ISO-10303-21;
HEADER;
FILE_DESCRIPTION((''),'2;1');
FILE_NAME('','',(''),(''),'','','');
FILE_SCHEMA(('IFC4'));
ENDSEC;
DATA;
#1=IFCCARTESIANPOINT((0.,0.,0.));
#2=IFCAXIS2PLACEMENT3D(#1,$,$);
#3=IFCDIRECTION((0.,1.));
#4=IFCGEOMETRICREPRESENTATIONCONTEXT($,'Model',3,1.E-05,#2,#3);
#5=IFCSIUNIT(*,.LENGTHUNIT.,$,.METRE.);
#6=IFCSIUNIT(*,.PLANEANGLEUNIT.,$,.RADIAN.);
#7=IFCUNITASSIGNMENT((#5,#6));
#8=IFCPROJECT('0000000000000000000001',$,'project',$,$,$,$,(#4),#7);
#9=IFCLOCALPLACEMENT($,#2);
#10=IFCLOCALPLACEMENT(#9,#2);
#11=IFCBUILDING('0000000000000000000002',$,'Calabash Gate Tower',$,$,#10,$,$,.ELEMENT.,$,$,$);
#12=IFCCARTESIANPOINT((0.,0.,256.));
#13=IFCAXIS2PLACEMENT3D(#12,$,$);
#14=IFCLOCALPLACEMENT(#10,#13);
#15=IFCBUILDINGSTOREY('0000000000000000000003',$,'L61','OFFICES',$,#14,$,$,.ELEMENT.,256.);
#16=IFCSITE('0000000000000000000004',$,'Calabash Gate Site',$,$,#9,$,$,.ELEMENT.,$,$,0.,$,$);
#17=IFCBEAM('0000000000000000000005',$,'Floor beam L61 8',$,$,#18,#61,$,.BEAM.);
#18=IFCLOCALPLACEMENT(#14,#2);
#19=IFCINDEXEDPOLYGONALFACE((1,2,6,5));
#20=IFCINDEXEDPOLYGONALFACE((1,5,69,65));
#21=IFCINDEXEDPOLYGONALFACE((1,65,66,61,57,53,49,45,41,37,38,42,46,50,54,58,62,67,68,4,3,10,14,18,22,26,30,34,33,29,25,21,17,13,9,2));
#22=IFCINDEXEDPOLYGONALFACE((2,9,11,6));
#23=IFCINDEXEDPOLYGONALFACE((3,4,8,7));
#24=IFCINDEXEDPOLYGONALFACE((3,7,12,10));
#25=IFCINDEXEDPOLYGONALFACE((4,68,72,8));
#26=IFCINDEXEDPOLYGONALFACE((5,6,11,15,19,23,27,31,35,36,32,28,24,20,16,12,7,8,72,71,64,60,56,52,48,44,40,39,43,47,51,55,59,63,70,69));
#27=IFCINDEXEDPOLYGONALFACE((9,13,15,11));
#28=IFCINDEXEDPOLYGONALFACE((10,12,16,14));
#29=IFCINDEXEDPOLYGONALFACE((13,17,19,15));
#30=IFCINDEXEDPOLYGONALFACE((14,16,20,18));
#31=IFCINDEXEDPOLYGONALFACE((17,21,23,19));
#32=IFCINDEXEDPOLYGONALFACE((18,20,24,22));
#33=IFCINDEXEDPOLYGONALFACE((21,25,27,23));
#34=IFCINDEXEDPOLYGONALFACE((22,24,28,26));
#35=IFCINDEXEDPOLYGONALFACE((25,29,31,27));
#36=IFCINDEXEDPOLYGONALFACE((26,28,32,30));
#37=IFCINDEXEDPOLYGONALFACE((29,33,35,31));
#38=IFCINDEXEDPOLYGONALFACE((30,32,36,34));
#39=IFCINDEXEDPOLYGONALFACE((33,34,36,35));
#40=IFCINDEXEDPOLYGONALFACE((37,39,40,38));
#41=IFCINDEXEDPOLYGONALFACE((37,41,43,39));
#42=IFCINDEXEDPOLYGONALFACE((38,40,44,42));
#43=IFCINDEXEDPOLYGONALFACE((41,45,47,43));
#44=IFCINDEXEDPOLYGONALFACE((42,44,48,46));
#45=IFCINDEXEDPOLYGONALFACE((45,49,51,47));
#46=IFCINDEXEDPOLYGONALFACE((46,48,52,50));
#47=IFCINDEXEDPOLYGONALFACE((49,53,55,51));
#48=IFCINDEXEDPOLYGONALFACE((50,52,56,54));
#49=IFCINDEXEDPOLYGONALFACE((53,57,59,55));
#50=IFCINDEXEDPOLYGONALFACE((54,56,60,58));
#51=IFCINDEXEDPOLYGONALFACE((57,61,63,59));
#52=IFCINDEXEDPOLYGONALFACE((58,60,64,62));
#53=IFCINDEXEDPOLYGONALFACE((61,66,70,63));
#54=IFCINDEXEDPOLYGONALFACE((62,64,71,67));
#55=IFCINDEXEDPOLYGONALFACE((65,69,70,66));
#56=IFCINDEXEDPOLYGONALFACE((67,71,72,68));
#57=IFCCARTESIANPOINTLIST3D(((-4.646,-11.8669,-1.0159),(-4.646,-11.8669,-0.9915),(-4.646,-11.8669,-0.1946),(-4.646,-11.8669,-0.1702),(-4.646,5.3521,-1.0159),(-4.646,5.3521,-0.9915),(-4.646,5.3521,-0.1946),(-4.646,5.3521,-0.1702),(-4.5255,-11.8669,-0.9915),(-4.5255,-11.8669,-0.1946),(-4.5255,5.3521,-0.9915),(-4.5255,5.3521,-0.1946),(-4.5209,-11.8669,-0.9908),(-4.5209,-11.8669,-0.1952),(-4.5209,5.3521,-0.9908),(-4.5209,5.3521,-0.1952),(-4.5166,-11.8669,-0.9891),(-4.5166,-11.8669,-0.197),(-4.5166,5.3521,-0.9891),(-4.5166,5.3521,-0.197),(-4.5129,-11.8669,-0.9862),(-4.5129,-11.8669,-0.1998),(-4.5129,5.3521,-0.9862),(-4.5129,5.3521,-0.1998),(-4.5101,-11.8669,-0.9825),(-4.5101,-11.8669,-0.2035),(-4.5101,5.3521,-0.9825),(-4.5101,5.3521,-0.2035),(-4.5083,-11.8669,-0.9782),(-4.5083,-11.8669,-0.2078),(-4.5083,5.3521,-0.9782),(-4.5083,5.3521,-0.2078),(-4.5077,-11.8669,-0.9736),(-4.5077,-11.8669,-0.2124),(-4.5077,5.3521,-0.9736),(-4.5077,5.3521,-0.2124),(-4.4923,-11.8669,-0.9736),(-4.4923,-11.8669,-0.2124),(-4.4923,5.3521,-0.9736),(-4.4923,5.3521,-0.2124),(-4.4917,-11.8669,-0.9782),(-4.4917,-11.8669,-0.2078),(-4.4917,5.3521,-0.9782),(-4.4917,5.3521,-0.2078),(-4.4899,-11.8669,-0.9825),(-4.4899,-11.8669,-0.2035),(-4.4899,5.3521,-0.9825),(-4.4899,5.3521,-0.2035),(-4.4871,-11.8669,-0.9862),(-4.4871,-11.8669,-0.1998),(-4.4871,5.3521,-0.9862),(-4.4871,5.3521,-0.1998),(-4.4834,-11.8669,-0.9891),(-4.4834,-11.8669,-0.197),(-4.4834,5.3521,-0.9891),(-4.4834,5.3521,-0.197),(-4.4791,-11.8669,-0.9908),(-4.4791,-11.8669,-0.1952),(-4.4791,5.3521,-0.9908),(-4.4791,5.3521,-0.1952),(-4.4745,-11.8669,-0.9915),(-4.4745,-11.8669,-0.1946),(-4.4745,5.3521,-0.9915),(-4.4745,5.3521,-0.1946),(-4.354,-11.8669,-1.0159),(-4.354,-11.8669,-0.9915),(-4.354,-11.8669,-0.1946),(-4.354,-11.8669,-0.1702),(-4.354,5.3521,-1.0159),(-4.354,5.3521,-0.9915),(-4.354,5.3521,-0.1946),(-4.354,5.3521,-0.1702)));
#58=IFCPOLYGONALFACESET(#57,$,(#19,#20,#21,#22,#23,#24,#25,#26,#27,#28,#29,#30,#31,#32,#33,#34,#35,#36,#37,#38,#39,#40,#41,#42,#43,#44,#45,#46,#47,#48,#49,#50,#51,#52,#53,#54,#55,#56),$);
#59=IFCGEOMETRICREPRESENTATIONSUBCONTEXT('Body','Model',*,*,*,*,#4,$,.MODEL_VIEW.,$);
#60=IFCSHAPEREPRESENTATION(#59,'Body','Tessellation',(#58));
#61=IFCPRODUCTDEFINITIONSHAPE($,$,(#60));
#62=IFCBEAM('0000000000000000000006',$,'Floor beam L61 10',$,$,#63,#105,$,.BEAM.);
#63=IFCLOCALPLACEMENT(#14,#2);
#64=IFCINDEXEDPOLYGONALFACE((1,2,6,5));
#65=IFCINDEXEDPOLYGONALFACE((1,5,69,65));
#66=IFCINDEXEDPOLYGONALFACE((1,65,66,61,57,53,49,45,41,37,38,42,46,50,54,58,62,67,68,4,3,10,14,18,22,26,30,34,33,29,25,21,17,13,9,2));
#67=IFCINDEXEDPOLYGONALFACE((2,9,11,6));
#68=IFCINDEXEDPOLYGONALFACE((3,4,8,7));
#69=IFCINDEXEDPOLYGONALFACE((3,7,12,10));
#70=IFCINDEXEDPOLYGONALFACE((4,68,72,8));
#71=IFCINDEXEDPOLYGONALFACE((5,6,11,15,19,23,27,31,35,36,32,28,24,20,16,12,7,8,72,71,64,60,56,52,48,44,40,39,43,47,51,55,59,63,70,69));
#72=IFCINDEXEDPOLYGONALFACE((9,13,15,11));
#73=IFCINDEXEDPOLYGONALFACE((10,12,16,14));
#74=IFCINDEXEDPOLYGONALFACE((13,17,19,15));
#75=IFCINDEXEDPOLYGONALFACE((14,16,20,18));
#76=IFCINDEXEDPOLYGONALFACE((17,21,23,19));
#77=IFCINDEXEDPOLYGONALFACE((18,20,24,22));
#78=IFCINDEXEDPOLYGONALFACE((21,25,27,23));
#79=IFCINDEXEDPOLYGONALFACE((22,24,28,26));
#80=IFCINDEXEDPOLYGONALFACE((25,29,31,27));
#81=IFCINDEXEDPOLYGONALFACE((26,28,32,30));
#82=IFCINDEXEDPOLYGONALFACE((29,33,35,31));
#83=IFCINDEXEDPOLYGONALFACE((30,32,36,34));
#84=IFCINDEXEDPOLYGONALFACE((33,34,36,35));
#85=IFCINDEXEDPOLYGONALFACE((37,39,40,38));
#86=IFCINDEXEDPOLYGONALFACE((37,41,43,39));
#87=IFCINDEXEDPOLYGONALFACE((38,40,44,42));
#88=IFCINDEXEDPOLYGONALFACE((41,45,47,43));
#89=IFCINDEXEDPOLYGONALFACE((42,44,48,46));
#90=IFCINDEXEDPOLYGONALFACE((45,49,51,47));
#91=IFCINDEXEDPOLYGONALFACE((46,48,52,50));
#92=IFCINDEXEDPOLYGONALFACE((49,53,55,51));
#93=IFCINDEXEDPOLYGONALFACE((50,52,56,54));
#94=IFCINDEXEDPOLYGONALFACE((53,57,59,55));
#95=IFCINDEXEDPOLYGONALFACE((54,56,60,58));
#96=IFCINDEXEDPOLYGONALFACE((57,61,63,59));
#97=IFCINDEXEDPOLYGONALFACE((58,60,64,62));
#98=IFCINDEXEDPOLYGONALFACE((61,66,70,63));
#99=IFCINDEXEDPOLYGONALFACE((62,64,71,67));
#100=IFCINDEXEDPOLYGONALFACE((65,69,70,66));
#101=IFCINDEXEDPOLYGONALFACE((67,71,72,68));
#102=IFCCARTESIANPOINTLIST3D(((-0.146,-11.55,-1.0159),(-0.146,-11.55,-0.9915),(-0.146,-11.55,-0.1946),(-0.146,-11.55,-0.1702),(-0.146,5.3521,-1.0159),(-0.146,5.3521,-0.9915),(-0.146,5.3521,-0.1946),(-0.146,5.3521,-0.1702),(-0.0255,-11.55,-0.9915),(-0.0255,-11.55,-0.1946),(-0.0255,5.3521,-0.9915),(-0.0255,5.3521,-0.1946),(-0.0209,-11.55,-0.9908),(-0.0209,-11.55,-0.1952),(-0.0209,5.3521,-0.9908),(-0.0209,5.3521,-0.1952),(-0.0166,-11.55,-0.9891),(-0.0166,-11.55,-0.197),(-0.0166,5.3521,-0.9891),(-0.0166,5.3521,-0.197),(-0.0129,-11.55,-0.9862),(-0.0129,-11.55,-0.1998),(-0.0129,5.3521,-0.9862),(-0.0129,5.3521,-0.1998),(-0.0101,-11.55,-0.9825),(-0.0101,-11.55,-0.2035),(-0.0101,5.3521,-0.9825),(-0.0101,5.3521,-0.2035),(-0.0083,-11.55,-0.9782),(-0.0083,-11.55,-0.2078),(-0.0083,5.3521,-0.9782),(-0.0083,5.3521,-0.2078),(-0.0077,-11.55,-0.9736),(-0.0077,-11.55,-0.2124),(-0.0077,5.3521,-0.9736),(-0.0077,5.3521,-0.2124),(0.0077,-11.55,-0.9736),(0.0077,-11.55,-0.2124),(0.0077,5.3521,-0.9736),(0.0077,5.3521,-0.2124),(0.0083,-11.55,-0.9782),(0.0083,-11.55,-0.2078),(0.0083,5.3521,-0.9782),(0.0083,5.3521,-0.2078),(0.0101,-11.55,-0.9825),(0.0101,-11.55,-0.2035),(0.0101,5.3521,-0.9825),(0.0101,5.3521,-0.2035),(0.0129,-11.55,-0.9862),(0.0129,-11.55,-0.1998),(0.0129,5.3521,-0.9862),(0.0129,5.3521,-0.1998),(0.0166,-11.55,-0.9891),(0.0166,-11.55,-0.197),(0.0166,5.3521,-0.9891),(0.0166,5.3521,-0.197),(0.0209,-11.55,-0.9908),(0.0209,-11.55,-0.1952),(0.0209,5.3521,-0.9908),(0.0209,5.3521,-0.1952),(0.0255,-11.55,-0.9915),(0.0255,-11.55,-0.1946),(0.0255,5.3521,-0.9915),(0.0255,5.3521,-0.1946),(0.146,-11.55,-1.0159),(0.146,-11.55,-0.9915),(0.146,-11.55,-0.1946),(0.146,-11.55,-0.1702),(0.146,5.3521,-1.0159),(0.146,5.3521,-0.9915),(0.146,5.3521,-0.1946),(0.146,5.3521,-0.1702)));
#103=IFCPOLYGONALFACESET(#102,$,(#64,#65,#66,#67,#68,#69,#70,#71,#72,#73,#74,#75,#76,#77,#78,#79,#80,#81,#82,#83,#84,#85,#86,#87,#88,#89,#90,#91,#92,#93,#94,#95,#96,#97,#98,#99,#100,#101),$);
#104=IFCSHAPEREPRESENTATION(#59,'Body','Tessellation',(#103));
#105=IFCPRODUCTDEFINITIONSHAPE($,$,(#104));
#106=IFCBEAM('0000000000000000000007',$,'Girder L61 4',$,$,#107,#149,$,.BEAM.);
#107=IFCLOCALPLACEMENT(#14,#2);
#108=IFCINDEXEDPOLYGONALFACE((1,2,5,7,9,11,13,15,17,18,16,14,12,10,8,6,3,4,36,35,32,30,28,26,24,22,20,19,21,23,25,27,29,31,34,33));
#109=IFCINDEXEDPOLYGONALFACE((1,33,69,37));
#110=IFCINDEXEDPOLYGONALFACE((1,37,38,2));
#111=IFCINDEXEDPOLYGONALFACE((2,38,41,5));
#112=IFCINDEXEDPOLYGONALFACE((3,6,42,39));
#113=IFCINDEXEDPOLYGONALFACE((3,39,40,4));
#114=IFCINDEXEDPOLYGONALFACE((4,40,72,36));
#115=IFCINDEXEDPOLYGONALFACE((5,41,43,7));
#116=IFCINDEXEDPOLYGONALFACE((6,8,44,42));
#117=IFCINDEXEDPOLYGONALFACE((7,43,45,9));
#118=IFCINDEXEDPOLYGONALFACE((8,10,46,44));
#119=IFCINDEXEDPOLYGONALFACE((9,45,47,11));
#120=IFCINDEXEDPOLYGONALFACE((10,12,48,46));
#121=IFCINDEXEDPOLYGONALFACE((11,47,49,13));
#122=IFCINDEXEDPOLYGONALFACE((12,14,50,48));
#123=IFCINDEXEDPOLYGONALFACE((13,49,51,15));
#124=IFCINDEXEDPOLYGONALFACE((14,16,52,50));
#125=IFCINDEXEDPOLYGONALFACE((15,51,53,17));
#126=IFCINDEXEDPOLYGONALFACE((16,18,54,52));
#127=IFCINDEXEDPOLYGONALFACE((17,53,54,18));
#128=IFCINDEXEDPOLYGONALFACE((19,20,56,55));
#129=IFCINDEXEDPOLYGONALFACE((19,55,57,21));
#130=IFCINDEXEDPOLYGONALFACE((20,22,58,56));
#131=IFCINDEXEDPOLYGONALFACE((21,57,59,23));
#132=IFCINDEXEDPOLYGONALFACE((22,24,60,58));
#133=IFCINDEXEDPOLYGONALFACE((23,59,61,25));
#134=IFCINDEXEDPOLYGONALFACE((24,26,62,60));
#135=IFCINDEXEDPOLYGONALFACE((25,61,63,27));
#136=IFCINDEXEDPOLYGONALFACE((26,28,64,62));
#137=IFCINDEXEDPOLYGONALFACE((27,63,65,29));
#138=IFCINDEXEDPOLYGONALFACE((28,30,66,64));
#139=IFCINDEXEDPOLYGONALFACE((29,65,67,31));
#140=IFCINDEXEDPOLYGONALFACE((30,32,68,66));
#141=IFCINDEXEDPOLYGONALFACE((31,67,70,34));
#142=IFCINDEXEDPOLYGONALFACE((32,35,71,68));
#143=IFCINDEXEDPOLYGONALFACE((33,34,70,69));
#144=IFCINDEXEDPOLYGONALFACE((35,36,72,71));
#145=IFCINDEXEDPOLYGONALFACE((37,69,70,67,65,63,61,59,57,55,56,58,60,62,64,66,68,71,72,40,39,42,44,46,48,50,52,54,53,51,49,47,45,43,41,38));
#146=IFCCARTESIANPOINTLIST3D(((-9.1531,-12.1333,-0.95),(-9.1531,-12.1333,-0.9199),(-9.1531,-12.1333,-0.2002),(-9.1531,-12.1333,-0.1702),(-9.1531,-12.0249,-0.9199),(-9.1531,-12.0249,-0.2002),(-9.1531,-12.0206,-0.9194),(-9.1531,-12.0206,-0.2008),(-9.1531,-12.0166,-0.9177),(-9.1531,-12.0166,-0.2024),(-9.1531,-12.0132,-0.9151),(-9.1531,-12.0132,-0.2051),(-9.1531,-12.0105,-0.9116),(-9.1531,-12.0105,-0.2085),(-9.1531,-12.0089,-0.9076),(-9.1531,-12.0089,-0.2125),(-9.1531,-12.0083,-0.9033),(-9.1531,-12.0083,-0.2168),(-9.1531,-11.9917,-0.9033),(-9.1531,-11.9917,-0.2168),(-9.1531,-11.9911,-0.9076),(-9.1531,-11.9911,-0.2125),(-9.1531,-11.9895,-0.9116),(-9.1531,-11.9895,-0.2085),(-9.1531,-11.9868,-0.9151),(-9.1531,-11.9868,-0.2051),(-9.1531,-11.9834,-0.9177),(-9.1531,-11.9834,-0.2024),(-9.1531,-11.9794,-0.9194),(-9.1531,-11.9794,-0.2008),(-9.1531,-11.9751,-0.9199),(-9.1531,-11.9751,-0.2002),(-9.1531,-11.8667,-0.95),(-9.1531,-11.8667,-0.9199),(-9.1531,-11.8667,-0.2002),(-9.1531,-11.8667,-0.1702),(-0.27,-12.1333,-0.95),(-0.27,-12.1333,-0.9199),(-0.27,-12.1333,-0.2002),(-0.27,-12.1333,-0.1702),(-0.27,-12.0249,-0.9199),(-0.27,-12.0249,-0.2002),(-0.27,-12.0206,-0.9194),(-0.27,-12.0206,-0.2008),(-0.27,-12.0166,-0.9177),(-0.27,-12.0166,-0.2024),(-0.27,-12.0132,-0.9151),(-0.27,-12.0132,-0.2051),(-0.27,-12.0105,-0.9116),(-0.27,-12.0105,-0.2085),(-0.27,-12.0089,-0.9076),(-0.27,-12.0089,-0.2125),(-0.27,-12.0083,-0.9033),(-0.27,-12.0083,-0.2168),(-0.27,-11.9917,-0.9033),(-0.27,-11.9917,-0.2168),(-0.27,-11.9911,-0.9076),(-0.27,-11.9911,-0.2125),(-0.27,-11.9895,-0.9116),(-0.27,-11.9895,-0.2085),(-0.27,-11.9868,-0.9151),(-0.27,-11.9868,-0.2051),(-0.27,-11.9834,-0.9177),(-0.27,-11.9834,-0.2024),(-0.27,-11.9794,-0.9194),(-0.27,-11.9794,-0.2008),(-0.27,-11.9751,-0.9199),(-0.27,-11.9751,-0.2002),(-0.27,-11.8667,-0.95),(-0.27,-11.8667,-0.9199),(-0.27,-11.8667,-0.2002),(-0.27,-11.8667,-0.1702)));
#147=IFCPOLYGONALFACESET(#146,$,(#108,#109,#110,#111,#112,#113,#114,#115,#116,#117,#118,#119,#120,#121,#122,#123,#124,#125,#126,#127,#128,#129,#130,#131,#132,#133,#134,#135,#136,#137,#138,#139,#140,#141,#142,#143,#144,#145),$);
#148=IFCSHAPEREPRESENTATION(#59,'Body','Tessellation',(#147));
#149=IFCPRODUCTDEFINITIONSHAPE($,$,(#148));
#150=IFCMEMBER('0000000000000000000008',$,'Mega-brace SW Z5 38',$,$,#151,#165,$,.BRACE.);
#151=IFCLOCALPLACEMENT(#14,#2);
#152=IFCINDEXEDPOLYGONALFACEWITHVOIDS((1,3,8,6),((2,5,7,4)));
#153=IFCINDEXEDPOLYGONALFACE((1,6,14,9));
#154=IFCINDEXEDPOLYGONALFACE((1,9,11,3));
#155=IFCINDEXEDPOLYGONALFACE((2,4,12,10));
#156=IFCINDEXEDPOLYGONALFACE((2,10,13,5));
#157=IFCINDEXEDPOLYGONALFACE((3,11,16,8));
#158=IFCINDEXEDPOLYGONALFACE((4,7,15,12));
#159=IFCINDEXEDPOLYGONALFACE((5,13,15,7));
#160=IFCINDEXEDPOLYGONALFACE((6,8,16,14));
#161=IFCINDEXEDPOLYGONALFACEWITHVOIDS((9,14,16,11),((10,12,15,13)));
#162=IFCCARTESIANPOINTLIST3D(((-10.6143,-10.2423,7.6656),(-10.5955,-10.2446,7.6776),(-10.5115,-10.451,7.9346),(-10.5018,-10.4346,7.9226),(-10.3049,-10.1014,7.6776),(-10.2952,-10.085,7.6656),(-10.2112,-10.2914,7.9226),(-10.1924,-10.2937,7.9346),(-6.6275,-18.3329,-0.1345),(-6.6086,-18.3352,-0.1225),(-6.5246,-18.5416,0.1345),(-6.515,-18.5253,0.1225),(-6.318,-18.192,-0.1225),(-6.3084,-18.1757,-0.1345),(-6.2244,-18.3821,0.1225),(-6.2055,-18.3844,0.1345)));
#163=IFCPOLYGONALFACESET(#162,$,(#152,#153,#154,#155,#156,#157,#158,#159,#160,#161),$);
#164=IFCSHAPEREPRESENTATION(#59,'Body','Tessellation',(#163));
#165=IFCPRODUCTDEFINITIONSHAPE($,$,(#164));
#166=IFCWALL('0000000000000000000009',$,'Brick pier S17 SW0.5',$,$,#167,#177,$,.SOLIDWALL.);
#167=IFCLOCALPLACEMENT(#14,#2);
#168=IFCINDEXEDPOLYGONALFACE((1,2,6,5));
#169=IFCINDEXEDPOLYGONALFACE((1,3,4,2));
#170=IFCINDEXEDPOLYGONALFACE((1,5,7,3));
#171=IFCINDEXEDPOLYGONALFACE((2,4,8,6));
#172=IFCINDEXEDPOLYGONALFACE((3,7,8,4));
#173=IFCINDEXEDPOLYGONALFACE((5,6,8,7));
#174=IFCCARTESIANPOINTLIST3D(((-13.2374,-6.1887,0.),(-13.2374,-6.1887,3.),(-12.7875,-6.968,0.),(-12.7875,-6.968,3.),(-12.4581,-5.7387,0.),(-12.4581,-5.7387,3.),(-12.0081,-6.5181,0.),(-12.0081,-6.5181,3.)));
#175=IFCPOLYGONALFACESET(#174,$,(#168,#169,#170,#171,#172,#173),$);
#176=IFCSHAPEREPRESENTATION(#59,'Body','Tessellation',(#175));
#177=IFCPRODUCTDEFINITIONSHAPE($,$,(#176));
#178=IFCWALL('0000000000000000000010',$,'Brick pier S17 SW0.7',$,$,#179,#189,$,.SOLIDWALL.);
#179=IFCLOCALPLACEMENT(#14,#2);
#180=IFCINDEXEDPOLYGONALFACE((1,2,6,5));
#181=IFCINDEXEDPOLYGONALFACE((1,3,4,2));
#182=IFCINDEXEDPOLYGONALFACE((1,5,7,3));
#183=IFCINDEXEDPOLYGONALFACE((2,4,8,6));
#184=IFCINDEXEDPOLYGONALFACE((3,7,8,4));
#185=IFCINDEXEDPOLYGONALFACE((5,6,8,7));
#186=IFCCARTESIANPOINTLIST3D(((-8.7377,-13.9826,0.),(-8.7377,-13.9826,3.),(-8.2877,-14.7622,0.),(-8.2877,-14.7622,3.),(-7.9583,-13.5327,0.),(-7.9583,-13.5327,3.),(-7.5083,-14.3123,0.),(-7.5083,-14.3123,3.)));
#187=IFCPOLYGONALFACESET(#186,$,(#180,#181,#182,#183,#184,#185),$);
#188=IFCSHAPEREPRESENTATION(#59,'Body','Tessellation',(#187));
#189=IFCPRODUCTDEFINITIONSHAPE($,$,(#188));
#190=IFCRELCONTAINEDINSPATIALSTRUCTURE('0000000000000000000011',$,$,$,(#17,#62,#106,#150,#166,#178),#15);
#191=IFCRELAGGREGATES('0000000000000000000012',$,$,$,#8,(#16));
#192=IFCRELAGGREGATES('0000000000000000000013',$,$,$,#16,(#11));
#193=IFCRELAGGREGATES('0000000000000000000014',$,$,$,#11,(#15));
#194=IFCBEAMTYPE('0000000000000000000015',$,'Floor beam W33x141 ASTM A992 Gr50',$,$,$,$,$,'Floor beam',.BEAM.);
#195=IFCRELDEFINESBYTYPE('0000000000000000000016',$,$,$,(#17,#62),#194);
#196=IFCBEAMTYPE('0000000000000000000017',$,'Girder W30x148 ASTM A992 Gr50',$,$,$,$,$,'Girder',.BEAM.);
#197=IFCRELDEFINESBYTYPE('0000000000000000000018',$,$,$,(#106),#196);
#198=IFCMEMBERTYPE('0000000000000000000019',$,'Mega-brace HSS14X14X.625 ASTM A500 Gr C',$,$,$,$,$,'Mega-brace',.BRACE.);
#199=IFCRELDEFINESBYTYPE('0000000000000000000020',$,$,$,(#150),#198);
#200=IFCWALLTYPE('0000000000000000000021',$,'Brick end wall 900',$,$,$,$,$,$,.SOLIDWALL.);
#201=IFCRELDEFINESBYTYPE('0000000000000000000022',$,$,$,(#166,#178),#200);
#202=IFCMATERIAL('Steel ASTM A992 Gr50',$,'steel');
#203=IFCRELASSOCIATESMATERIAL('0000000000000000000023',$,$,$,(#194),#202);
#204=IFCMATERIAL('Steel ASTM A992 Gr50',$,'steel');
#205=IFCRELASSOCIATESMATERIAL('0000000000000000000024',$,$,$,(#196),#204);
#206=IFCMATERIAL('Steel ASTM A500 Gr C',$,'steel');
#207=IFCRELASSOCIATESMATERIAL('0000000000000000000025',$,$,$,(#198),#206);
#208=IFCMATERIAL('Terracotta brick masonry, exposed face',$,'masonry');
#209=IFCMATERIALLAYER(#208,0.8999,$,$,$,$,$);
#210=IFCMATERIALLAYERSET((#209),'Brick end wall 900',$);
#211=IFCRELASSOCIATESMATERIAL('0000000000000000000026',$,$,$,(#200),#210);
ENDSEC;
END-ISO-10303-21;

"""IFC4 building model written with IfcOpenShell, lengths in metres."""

from ifc_helpers import new_model, si_unit, direction, frame, frame_2d, origin, origin_2d, place, context, subcontext, project, spatial, rectangle, hollow_rectangle, i_section, extrude, material, layer, layer_set, material_profile, profile_set, type_object, element, save


model = new_model("IFC4")

# Units and contexts
model_context = context("Model", 3, precision=1e-05, world=origin(), true_north=direction((0.0, 1.0)))
body_context = subcontext(model_context, "Body", "Model", "MODEL_VIEW")
ifc_project = project(units=[si_unit("LENGTHUNIT", "METRE"), si_unit("PLANEANGLEUNIT", "RADIAN")], contexts=[model_context])

# Site, building, storey
site_placement = place(None, origin())
site = spatial("IfcSite", under=ifc_project, at=site_placement, Name="Calabash Gate Site", CompositionType="ELEMENT", RefElevation=0.0)
building_placement = place(site_placement, origin())
building = spatial("IfcBuilding", under=site, at=building_placement, Name="Calabash Gate Tower", CompositionType="ELEMENT")
storey_placement = place(building_placement, frame((0.0, 0.0, 256.0)))
storey = spatial("IfcBuildingStorey", under=building, at=storey_placement, Name="L61", Description="OFFICES", CompositionType="ELEMENT", Elevation=256.0)

# Beams
ifc_material_1 = material(Name="Steel ASTM A992 Gr50", Category="steel")
ifc_material_profile_1 = material_profile(ifc_material_1, i_section(OverallWidth=0.292, OverallDepth=0.8457, WebThickness=0.0154, FlangeThickness=0.0244, FilletRadius=0.0178, at=origin_2d()))
ifc_profile_set_1 = profile_set([ifc_material_profile_1], Name="Steel ASTM A992 Gr50")
beam_type_1 = type_object("IfcBeamType", Name="Floor beam W33x141 ASTM A992 Gr50", ElementType="Floor beam", PredefinedType="BEAM", material=ifc_profile_set_1)
beam_1_placement = place(storey_placement, frame((-4.5, -11.8669, -0.593), z_axis=(0.0, 1.0, 0.0), x_axis=(-1.0, 0.0, 0.0)))
element("IfcBeam", 1, at=beam_1_placement, inside=storey, type_object=beam_type_1, Name="Floor beam L61 8", PredefinedType="BEAM", context=body_context, shape_type="SweptSolid", body=[
    extrude(i_section(OverallWidth=0.292, OverallDepth=0.8457, WebThickness=0.0154, FlangeThickness=0.0244, FilletRadius=0.0178, at=origin_2d()), origin(), (0.0, 0.0, 1.0), 17.219),
])
beam_2_placement = place(storey_placement, frame((0.0, -11.55, -0.593), z_axis=(0.0, 1.0, 0.0), x_axis=(-1.0, 0.0, 0.0)))
element("IfcBeam", 2, at=beam_2_placement, inside=storey, type_object=beam_type_1, Name="Floor beam L61 10", PredefinedType="BEAM", context=body_context, shape_type="SweptSolid", body=[
    extrude(i_section(OverallWidth=0.292, OverallDepth=0.8457, WebThickness=0.0154, FlangeThickness=0.0244, FilletRadius=0.0178, at=origin_2d()), origin(), (0.0, 0.0, 1.0), 16.9021),
])
ifc_material_2 = material(Name="Steel ASTM A992 Gr50", Category="steel")
ifc_material_profile_2 = material_profile(ifc_material_2, i_section(OverallWidth=0.2666, OverallDepth=0.7798, WebThickness=0.0166, FlangeThickness=0.03, FilletRadius=0.0166, at=origin_2d()))
ifc_profile_set_2 = profile_set([ifc_material_profile_2], Name="Steel ASTM A992 Gr50")
beam_type_2 = type_object("IfcBeamType", Name="Girder W30x148 ASTM A992 Gr50", ElementType="Girder", PredefinedType="BEAM", material=ifc_profile_set_2)
beam_3_placement = place(storey_placement, frame((-9.1531, -12.0, -0.5601), z_axis=(1.0, 0.0, 0.0), x_axis=(0.0, 1.0, 0.0)))
element("IfcBeam", 3, at=beam_3_placement, inside=storey, type_object=beam_type_2, Name="Girder L61 4", PredefinedType="BEAM", context=body_context, shape_type="SweptSolid", body=[
    extrude(i_section(OverallWidth=0.2666, OverallDepth=0.7798, WebThickness=0.0166, FlangeThickness=0.03, FilletRadius=0.0166, at=origin_2d()), origin(), (0.0, 0.0, 1.0), 8.8831),
])

# Member
ifc_material_3 = material(Name="Steel ASTM A500 Gr C", Category="steel")
ifc_material_profile_3 = material_profile(ifc_material_3, hollow_rectangle(XDim=0.3557, YDim=0.3557, WallThickness=0.0159, at=origin_2d()))
ifc_profile_set_3 = profile_set([ifc_material_profile_3], Name="Steel ASTM A500 Gr C")
member_type = type_object("IfcMemberType", Name="Mega-brace HSS14X14X.625 ASTM A500 Gr C", ElementType="Mega-brace", PredefinedType="BRACE", material=ifc_profile_set_3)
member_placement = place(storey_placement, frame((-6.4165, -18.3586, 0.0), z_axis=(-0.334339, 0.678485, 0.654121), x_axis=(-0.897005, -0.44202, 0.0)))
element("IfcMember", 4, at=member_placement, inside=storey, type_object=member_type, Name="Mega-brace SW Z5 38", PredefinedType="BRACE", context=body_context, shape_type="SweptSolid", body=[
    extrude(hollow_rectangle(XDim=0.3557, YDim=0.3557, WallThickness=0.0159, at=origin_2d()), origin(), (0.0, 0.0, 1.0), 11.9246),
])

# Walls
ifc_material_4 = material(Name="Terracotta brick masonry, exposed face", Category="masonry")
ifc_layer_1 = layer(ifc_material_4, 0.8999)
ifc_layer_set_1 = layer_set([ifc_layer_1], Name="Brick end wall 900")
wall_type_1 = type_object("IfcWallType", Name="Brick end wall 900", PredefinedType="SOLIDWALL", material=ifc_layer_set_1)
wall_1_placement = place(storey_placement, frame((-13.0125, -6.5784, 0.0), z_axis=(0.0, 0.0, 1.0), x_axis=(0.866014, 0.50002, 0.0)))
element("IfcWall", 5, at=wall_1_placement, inside=storey, type_object=wall_type_1, Name="Brick pier S17 SW0.5", PredefinedType="SOLIDWALL", context=body_context, shape_type="SweptSolid", body=[
    extrude(rectangle(XDim=0.8999, YDim=0.8999, at=frame_2d((0.45, 0.0))), origin(), (0.0, 0.0, 1.0), 3.0),
])
wall_2_placement = place(storey_placement, frame((-7.8979, -14.5374, 0.0), z_axis=(0.0, 0.0, 1.0), x_axis=(-0.499902, 0.866082, 0.0)))
element("IfcWall", 6, at=wall_2_placement, inside=storey, type_object=wall_type_1, Name="Brick pier S17 SW0.7", PredefinedType="SOLIDWALL", context=body_context, shape_type="SweptSolid", body=[
    extrude(rectangle(XDim=0.9001, YDim=0.8999, at=frame_2d((0.4502, 0.0))), origin(), (0.0, 0.0, 1.0), 3.0),
])

save(model, "model.ifc")
